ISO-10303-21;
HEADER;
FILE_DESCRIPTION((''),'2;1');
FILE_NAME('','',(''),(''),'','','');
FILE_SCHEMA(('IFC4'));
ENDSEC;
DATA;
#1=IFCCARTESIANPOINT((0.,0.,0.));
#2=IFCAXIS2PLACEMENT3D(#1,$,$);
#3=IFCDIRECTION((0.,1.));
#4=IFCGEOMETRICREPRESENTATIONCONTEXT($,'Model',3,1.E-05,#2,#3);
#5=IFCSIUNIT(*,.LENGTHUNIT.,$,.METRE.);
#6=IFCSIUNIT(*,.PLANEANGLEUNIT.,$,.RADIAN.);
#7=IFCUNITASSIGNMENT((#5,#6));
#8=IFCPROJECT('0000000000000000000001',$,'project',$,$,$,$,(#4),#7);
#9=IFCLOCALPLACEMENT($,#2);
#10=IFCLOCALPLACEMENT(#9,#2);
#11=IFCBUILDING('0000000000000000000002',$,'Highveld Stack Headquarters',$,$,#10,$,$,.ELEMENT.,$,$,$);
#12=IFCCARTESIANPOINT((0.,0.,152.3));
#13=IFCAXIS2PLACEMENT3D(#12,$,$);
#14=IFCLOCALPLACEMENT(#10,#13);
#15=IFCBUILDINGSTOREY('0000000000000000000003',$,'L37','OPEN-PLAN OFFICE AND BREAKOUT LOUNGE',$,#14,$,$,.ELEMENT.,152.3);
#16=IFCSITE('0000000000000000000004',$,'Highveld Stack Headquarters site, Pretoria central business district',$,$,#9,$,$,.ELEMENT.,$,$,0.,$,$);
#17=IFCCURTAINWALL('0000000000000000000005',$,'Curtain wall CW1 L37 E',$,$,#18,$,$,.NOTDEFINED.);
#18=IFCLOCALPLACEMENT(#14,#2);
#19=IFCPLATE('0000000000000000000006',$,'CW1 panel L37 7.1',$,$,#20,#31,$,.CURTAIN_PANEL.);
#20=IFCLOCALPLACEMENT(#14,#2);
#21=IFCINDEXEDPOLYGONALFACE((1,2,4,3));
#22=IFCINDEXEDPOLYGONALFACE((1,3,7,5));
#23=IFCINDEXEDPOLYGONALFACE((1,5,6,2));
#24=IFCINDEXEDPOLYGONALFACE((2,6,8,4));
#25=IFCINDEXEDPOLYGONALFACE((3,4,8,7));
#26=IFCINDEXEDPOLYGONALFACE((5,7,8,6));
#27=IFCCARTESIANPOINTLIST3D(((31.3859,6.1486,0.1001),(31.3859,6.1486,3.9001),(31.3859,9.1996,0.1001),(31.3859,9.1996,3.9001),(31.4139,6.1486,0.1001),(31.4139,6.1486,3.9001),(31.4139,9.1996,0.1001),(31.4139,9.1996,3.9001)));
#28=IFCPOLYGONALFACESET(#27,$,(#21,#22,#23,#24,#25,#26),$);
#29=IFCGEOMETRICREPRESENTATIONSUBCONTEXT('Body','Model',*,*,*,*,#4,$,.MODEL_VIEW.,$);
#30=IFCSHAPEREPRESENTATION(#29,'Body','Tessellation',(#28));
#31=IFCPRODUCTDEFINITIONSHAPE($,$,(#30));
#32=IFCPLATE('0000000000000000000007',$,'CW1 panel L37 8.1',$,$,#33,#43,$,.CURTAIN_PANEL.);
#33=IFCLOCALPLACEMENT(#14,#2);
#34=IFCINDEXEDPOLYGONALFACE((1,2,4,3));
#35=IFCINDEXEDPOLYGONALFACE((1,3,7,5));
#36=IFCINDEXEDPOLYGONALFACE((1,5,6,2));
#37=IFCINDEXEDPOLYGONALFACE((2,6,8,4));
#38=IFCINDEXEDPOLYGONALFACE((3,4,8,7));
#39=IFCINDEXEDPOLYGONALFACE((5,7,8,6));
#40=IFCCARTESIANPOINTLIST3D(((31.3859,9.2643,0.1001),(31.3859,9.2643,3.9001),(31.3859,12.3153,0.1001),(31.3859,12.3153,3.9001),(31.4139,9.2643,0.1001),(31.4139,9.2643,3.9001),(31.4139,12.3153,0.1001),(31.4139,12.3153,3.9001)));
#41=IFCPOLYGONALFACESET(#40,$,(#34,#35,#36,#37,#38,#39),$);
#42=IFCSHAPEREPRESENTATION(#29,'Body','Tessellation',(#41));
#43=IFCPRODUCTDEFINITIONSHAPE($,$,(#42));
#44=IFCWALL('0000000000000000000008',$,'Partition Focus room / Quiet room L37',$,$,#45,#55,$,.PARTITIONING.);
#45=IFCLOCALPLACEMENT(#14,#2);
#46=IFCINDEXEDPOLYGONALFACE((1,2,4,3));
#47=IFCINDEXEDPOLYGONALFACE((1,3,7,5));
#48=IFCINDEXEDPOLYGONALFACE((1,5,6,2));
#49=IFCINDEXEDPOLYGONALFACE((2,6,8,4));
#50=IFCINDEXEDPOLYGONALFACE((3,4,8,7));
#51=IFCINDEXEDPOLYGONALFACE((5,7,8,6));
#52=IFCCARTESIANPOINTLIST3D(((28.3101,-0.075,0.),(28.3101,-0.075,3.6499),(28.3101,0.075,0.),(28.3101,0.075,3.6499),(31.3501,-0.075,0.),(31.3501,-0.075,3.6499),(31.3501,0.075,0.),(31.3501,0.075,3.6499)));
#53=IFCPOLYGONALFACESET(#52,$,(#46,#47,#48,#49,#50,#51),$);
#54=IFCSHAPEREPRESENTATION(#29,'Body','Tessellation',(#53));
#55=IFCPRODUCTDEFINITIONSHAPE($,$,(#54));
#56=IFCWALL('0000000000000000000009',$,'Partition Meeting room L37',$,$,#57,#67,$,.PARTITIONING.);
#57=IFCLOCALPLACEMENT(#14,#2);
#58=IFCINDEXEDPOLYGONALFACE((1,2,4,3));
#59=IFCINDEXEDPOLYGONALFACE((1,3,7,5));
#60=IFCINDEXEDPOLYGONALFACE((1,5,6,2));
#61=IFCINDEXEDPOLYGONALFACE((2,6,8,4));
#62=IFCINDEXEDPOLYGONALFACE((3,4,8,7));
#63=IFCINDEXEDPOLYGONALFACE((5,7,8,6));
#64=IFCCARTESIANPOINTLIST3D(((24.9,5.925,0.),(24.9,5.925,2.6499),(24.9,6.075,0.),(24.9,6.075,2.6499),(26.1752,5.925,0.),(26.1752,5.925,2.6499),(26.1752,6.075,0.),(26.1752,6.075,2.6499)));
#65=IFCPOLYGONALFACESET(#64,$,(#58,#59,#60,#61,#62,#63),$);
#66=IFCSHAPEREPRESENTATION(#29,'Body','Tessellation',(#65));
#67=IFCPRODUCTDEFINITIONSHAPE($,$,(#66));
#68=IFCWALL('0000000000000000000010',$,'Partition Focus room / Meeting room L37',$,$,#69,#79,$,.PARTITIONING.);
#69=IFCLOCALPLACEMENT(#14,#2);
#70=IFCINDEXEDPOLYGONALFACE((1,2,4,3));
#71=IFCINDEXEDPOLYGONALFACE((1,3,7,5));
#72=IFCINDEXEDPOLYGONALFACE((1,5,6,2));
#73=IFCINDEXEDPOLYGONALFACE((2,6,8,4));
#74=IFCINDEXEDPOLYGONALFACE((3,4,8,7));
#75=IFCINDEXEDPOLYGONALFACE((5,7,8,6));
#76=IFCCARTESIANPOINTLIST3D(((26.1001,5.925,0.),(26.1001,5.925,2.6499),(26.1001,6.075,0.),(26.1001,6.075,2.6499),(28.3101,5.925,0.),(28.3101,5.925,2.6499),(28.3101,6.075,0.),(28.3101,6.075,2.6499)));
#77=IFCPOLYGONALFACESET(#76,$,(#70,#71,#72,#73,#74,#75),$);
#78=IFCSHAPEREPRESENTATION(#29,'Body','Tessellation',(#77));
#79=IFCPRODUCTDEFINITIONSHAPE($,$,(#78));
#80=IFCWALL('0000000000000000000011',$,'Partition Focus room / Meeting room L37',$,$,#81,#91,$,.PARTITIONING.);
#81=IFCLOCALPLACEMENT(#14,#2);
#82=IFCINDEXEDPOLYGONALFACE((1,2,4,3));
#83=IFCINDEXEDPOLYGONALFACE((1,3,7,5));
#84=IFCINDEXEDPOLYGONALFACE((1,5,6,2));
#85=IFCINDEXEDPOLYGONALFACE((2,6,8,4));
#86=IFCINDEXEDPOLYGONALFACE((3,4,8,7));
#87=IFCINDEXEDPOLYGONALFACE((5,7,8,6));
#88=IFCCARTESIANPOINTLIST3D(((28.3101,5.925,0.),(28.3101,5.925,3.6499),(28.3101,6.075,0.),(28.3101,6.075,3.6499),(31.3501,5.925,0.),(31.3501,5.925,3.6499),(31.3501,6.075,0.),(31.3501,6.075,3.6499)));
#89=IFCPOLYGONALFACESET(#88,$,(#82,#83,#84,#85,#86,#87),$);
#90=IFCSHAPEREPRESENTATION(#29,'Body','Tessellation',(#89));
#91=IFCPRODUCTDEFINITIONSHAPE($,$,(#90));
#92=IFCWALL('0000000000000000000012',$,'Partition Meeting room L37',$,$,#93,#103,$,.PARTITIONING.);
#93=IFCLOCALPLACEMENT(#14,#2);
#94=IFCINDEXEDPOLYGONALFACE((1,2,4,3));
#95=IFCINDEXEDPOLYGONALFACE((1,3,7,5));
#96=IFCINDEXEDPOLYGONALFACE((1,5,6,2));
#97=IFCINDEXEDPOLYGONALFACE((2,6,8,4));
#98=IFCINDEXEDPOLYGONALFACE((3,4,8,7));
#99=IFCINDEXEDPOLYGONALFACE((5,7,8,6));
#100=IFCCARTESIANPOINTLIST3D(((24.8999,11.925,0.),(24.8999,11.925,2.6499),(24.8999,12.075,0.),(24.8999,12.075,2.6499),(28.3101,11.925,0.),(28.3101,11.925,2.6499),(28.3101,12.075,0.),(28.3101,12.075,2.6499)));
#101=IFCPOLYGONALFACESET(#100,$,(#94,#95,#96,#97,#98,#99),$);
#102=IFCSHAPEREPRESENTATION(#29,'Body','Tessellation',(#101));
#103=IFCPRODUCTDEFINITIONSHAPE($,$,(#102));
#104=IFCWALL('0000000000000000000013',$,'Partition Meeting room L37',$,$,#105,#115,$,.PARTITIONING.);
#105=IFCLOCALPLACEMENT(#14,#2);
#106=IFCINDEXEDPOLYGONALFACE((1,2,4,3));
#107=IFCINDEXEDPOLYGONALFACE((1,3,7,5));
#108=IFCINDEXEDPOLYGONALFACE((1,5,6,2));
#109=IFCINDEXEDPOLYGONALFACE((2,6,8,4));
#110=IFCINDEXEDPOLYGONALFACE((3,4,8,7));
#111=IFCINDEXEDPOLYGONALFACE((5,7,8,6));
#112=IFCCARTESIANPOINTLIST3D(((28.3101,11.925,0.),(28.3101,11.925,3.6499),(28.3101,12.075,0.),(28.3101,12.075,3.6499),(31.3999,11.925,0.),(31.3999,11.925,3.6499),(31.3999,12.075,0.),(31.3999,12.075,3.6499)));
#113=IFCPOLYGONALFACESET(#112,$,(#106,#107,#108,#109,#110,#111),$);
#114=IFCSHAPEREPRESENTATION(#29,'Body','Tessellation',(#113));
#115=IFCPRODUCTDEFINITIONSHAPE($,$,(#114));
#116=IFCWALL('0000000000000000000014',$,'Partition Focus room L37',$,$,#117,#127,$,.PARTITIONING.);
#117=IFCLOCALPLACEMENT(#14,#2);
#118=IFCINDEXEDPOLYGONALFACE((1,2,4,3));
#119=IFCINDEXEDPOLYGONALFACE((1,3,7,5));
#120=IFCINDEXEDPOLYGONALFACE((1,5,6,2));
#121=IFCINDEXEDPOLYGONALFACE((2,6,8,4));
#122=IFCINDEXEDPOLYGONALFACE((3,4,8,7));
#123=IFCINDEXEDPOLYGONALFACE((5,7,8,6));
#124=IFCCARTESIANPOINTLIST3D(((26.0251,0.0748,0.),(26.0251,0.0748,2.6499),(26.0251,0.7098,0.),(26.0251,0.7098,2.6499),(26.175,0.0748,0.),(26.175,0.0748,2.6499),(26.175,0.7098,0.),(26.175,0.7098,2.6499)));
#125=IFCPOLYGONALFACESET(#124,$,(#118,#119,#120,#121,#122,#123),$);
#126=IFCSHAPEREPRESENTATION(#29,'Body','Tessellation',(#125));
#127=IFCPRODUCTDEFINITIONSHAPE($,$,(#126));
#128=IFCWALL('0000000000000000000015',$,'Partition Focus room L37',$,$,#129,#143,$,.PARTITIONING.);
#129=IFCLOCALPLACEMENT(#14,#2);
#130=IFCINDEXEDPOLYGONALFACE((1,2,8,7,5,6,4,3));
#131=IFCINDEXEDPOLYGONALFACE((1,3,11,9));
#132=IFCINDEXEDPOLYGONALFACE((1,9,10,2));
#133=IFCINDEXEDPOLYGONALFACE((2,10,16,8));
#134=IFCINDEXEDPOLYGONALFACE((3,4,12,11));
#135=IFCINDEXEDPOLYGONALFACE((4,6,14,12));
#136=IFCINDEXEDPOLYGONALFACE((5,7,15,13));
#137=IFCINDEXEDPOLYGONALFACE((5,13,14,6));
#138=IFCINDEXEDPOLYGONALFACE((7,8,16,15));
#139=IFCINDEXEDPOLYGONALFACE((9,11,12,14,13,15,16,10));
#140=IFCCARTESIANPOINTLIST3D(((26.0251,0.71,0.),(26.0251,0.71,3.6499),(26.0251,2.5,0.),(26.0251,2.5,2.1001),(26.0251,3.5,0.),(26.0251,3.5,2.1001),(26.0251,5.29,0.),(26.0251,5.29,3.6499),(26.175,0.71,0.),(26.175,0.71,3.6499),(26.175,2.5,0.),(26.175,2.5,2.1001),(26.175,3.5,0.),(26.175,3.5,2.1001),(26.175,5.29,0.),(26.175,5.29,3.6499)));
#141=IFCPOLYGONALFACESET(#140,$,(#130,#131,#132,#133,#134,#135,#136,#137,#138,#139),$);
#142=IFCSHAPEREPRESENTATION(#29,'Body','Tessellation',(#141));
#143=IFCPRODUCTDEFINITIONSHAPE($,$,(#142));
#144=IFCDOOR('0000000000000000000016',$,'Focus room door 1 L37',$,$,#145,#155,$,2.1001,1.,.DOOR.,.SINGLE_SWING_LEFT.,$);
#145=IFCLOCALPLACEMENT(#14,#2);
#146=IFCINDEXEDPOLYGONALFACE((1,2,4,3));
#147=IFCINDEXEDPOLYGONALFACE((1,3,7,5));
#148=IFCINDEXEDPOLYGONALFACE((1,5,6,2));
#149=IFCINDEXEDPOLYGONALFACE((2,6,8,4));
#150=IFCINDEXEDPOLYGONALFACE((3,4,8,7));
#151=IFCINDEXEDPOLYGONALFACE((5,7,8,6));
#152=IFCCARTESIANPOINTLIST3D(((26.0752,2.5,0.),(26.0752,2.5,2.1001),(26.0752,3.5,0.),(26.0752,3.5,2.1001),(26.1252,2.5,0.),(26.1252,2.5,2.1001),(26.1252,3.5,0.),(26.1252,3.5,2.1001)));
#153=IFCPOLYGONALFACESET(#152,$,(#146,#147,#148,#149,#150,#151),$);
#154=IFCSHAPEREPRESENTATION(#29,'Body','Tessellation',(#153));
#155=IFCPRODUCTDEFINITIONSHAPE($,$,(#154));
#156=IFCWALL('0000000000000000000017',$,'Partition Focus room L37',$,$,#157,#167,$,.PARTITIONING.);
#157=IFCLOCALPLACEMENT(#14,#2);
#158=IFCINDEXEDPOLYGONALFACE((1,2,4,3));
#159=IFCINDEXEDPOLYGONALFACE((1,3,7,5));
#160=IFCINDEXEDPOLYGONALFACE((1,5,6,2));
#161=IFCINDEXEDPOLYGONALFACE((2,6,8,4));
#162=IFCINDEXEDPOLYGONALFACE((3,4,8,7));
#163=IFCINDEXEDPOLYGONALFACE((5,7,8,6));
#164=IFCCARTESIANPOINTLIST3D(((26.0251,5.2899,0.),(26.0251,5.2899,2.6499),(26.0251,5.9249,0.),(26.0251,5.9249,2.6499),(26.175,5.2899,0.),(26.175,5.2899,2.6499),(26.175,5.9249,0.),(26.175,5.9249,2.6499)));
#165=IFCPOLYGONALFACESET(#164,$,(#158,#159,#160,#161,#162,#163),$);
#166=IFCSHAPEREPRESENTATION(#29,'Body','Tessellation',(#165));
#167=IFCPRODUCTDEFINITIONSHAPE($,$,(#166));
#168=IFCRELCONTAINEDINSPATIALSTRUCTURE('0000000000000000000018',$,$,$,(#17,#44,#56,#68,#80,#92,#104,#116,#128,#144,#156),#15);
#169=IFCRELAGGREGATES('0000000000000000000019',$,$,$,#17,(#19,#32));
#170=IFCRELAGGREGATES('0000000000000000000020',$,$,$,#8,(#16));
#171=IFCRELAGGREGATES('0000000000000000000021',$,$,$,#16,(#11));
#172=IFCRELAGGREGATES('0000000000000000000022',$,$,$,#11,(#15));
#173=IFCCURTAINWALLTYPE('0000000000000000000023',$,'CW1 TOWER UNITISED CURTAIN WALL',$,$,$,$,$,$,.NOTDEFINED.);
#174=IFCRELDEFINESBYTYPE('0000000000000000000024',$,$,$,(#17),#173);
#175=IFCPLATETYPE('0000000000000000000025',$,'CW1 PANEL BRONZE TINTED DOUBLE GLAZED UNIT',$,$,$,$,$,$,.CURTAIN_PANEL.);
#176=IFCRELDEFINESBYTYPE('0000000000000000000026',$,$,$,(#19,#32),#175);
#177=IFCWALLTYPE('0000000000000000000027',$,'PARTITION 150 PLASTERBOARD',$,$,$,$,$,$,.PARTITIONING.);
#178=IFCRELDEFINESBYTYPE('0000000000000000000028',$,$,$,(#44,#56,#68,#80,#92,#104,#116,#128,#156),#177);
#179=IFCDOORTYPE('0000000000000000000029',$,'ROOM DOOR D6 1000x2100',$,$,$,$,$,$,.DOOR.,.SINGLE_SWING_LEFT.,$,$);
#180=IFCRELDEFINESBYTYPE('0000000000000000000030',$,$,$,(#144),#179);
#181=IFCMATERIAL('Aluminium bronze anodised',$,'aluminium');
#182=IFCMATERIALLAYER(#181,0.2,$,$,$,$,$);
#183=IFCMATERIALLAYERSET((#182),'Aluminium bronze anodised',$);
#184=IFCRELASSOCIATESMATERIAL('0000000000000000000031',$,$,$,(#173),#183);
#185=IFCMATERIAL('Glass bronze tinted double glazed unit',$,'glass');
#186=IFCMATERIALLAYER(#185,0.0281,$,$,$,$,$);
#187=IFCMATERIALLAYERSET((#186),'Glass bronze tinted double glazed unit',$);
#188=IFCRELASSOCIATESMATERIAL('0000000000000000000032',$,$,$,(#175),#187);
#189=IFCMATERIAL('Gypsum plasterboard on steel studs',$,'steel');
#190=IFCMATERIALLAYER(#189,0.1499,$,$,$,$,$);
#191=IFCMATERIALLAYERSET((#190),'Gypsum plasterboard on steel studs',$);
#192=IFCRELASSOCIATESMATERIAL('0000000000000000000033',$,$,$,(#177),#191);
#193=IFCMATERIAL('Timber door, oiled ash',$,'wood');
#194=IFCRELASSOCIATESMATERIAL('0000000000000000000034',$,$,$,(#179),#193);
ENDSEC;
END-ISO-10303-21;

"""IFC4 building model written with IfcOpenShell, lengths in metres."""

from ifc_helpers import new_model, si_unit, direction, frame, frame_2d, origin, origin_2d, place, context, subcontext, project, spatial, rectangle, extrude, material, layer, layer_set, type_object, element, fill, aggregate, save


model = new_model("IFC4")

# Units and contexts
model_context = context("Model", 3, precision=1e-05, world=origin(), true_north=direction((0.0, 1.0)))
body_context = subcontext(model_context, "Body", "Model", "MODEL_VIEW")
ifc_project = project(units=[si_unit("LENGTHUNIT", "METRE"), si_unit("PLANEANGLEUNIT", "RADIAN")], contexts=[model_context])

# Site, building, storey
site_placement = place(None, origin())
site = spatial("IfcSite", under=ifc_project, at=site_placement, Name="Highveld Stack Headquarters site, Pretoria central business district", CompositionType="ELEMENT", RefElevation=0.0)
building_placement = place(site_placement, origin())
building = spatial("IfcBuilding", under=site, at=building_placement, Name="Highveld Stack Headquarters", CompositionType="ELEMENT")
storey_placement = place(building_placement, frame((0.0, 0.0, 152.3)))
storey = spatial("IfcBuildingStorey", under=building, at=storey_placement, Name="L37", Description="OPEN-PLAN OFFICE AND BREAKOUT LOUNGE", CompositionType="ELEMENT", Elevation=152.3)

# Curtain wall
ifc_material_1 = material(Name="Aluminium bronze anodised", Category="aluminium")
ifc_layer_1 = layer(ifc_material_1, 0.2)
ifc_layer_set_1 = layer_set([ifc_layer_1], Name="Aluminium bronze anodised")
curtain_wall_type = type_object("IfcCurtainWallType", Name="CW1 TOWER UNITISED CURTAIN WALL", PredefinedType="NOTDEFINED", material=ifc_layer_set_1)
curtain_wall_placement = place(storey_placement, origin())
curtain_wall = element("IfcCurtainWall", 1, at=curtain_wall_placement, inside=storey, type_object=curtain_wall_type, Name="Curtain wall CW1 L37 E", PredefinedType="NOTDEFINED")

# Plates
ifc_material_2 = material(Name="Glass bronze tinted double glazed unit", Category="glass")
ifc_layer_2 = layer(ifc_material_2, 0.0281)
ifc_layer_set_2 = layer_set([ifc_layer_2], Name="Glass bronze tinted double glazed unit")
plate_type = type_object("IfcPlateType", Name="CW1 PANEL BRONZE TINTED DOUBLE GLAZED UNIT", PredefinedType="CURTAIN_PANEL", material=ifc_layer_set_2)
plate_1_placement = place(storey_placement, frame((31.3999, 7.6741, 0.1001), z_axis=(0.0, 0.0, 1.0), x_axis=(0.0, 1.0, 0.0)))
plate_1 = element("IfcPlate", 2, at=plate_1_placement, type_object=plate_type, Name="CW1 panel L37 7.1", PredefinedType="CURTAIN_PANEL", context=body_context, shape_type="SweptSolid", body=[
    extrude(rectangle(XDim=3.051, YDim=0.0281, at=origin_2d()), origin(), (0.0, 0.0, 1.0), 3.8),
])
plate_2_placement = place(storey_placement, frame((31.3999, 10.7898, 0.1001), z_axis=(0.0, 0.0, 1.0), x_axis=(0.0, 1.0, 0.0)))
plate_2 = element("IfcPlate", 3, at=plate_2_placement, type_object=plate_type, Name="CW1 panel L37 8.1", PredefinedType="CURTAIN_PANEL", context=body_context, shape_type="SweptSolid", body=[
    extrude(rectangle(XDim=3.051, YDim=0.0281, at=origin_2d()), origin(), (0.0, 0.0, 1.0), 3.8),
])
aggregate(curtain_wall, [plate_1, plate_2])

# Walls
ifc_material_3 = material(Name="Gypsum plasterboard on steel studs", Category="steel")
ifc_layer_3 = layer(ifc_material_3, 0.1499)
ifc_layer_set_3 = layer_set([ifc_layer_3], Name="Gypsum plasterboard on steel studs")
wall_type = type_object("IfcWallType", Name="PARTITION 150 PLASTERBOARD", PredefinedType="PARTITIONING", material=ifc_layer_set_3)
wall_1_placement = place(storey_placement, frame((28.3101, 0.0, 0.0), z_axis=(0.0, 0.0, 1.0), x_axis=(1.0, 0.0, 0.0)))
element("IfcWall", 4, at=wall_1_placement, inside=storey, type_object=wall_type, Name="Partition Focus room / Quiet room L37", PredefinedType="PARTITIONING", context=body_context, shape_type="SweptSolid", body=[
    extrude(rectangle(XDim=3.04, YDim=0.1499, at=frame_2d((1.52, 0.0))), origin(), (0.0, 0.0, 1.0), 3.6499),
])
wall_2_placement = place(storey_placement, frame((24.8999, 6.0, 0.0), z_axis=(0.0, 0.0, 1.0), x_axis=(1.0, 0.0, 0.0)))
element("IfcWall", 5, at=wall_2_placement, inside=storey, type_object=wall_type, Name="Partition Meeting room L37", PredefinedType="PARTITIONING", context=body_context, shape_type="SweptSolid", body=[
    extrude(rectangle(XDim=1.2751, YDim=0.1499, at=frame_2d((0.6377, 0.0))), origin(), (0.0, 0.0, 1.0), 2.6499),
])
wall_3_placement = place(storey_placement, frame((26.1001, 6.0, 0.0), z_axis=(0.0, 0.0, 1.0), x_axis=(1.0, 0.0, 0.0)))
element("IfcWall", 6, at=wall_3_placement, inside=storey, type_object=wall_type, Name="Partition Focus room / Meeting room L37", PredefinedType="PARTITIONING", context=body_context, shape_type="SweptSolid", body=[
    extrude(rectangle(XDim=2.21, YDim=0.1499, at=frame_2d((1.105, 0.0))), origin(), (0.0, 0.0, 1.0), 2.6499),
])
wall_4_placement = place(storey_placement, frame((28.3101, 6.0, 0.0), z_axis=(0.0, 0.0, 1.0), x_axis=(1.0, 0.0, 0.0)))
element("IfcWall", 7, at=wall_4_placement, inside=storey, type_object=wall_type, Name="Partition Focus room / Meeting room L37", PredefinedType="PARTITIONING", context=body_context, shape_type="SweptSolid", body=[
    extrude(rectangle(XDim=3.04, YDim=0.1499, at=frame_2d((1.52, 0.0))), origin(), (0.0, 0.0, 1.0), 3.6499),
])
wall_5_placement = place(storey_placement, frame((24.8999, 12.0, 0.0), z_axis=(0.0, 0.0, 1.0), x_axis=(1.0, 0.0, 0.0)))
element("IfcWall", 8, at=wall_5_placement, inside=storey, type_object=wall_type, Name="Partition Meeting room L37", PredefinedType="PARTITIONING", context=body_context, shape_type="SweptSolid", body=[
    extrude(rectangle(XDim=3.4102, YDim=0.1499, at=frame_2d((1.7051, 0.0))), origin(), (0.0, 0.0, 1.0), 2.6499),
])
wall_6_placement = place(storey_placement, frame((28.3101, 12.0, 0.0), z_axis=(0.0, 0.0, 1.0), x_axis=(1.0, 0.0, 0.0)))
element("IfcWall", 9, at=wall_6_placement, inside=storey, type_object=wall_type, Name="Partition Meeting room L37", PredefinedType="PARTITIONING", context=body_context, shape_type="SweptSolid", body=[
    extrude(rectangle(XDim=3.0898, YDim=0.1499, at=frame_2d((1.5449, 0.0))), origin(), (0.0, 0.0, 1.0), 3.6499),
])
wall_7_placement = place(storey_placement, frame((26.1001, 0.075, 0.0), z_axis=(0.0, 0.0, 1.0), x_axis=(0.0, 1.0, 0.0)))
element("IfcWall", 10, at=wall_7_placement, inside=storey, type_object=wall_type, Name="Partition Focus room L37", PredefinedType="PARTITIONING", context=body_context, shape_type="SweptSolid", body=[
    extrude(rectangle(XDim=0.635, YDim=0.1499, at=frame_2d((0.3174, 0.0))), origin(), (0.0, 0.0, 1.0), 2.6499),
])

# Wall, opening, door
wall_8_placement = place(storey_placement, frame((26.1001, 0.71, 0.0), z_axis=(0.0, 0.0, 1.0), x_axis=(0.0, 1.0, 0.0)))
wall_8 = element("IfcWall", 11, at=wall_8_placement, inside=storey, type_object=wall_type, Name="Partition Focus room L37", PredefinedType="PARTITIONING", context=body_context, shape_type="SweptSolid", body=[
    extrude(rectangle(XDim=4.5801, YDim=0.1499, at=frame_2d((2.29, 0.0))), origin(), (0.0, 0.0, 1.0), 3.6499),
])
opening_placement = place(wall_8_placement, frame((1.79, 0.0, 0.0)))
opening = element("IfcOpeningElement", 12, at=opening_placement, cuts=wall_8, PredefinedType="OPENING", context=body_context, shape_type="SweptSolid", body=[
    extrude(rectangle(XDim=1.0, YDim=2.1001, at=frame_2d((0.5, 1.05))), frame((0.0, 0.085, 0.0), z_axis=(0.0, -1.0, 0.0), x_axis=(1.0, 0.0, 0.0)), (0.0, 0.0, 1.0), 0.1699),
])
ifc_material_4 = material(Name="Timber door, oiled ash", Category="wood")
door_type = type_object("IfcDoorType", Name="ROOM DOOR D6 1000x2100", OperationType="SINGLE_SWING_LEFT", PredefinedType="DOOR", material=ifc_material_4)
door_placement = place(opening_placement, origin())
door = element("IfcDoor", 13, at=door_placement, inside=storey, type_object=door_type, Name="Focus room door 1 L37", OperationType="SINGLE_SWING_LEFT", OverallHeight=2.1001, OverallWidth=1.0, PredefinedType="DOOR", context=body_context, shape_type="SweptSolid", body=[
    extrude(rectangle(XDim=1.0, YDim=2.1001, at=frame_2d((0.5, 1.05))), frame((0.0, 0.0249, 0.0), z_axis=(0.0, -1.0, 0.0), x_axis=(1.0, 0.0, 0.0)), (0.0, 0.0, 1.0), 0.05),
])
fill(opening, door)

# Wall
wall_9_placement = place(storey_placement, frame((26.1001, 5.29, 0.0), z_axis=(0.0, 0.0, 1.0), x_axis=(0.0, 1.0, 0.0)))
element("IfcWall", 14, at=wall_9_placement, inside=storey, type_object=wall_type, Name="Partition Focus room L37", PredefinedType="PARTITIONING", context=body_context, shape_type="SweptSolid", body=[
    extrude(rectangle(XDim=0.635, YDim=0.1499, at=frame_2d((0.3174, 0.0))), origin(), (0.0, 0.0, 1.0), 2.6499),
])

save(model, "model.ifc")
